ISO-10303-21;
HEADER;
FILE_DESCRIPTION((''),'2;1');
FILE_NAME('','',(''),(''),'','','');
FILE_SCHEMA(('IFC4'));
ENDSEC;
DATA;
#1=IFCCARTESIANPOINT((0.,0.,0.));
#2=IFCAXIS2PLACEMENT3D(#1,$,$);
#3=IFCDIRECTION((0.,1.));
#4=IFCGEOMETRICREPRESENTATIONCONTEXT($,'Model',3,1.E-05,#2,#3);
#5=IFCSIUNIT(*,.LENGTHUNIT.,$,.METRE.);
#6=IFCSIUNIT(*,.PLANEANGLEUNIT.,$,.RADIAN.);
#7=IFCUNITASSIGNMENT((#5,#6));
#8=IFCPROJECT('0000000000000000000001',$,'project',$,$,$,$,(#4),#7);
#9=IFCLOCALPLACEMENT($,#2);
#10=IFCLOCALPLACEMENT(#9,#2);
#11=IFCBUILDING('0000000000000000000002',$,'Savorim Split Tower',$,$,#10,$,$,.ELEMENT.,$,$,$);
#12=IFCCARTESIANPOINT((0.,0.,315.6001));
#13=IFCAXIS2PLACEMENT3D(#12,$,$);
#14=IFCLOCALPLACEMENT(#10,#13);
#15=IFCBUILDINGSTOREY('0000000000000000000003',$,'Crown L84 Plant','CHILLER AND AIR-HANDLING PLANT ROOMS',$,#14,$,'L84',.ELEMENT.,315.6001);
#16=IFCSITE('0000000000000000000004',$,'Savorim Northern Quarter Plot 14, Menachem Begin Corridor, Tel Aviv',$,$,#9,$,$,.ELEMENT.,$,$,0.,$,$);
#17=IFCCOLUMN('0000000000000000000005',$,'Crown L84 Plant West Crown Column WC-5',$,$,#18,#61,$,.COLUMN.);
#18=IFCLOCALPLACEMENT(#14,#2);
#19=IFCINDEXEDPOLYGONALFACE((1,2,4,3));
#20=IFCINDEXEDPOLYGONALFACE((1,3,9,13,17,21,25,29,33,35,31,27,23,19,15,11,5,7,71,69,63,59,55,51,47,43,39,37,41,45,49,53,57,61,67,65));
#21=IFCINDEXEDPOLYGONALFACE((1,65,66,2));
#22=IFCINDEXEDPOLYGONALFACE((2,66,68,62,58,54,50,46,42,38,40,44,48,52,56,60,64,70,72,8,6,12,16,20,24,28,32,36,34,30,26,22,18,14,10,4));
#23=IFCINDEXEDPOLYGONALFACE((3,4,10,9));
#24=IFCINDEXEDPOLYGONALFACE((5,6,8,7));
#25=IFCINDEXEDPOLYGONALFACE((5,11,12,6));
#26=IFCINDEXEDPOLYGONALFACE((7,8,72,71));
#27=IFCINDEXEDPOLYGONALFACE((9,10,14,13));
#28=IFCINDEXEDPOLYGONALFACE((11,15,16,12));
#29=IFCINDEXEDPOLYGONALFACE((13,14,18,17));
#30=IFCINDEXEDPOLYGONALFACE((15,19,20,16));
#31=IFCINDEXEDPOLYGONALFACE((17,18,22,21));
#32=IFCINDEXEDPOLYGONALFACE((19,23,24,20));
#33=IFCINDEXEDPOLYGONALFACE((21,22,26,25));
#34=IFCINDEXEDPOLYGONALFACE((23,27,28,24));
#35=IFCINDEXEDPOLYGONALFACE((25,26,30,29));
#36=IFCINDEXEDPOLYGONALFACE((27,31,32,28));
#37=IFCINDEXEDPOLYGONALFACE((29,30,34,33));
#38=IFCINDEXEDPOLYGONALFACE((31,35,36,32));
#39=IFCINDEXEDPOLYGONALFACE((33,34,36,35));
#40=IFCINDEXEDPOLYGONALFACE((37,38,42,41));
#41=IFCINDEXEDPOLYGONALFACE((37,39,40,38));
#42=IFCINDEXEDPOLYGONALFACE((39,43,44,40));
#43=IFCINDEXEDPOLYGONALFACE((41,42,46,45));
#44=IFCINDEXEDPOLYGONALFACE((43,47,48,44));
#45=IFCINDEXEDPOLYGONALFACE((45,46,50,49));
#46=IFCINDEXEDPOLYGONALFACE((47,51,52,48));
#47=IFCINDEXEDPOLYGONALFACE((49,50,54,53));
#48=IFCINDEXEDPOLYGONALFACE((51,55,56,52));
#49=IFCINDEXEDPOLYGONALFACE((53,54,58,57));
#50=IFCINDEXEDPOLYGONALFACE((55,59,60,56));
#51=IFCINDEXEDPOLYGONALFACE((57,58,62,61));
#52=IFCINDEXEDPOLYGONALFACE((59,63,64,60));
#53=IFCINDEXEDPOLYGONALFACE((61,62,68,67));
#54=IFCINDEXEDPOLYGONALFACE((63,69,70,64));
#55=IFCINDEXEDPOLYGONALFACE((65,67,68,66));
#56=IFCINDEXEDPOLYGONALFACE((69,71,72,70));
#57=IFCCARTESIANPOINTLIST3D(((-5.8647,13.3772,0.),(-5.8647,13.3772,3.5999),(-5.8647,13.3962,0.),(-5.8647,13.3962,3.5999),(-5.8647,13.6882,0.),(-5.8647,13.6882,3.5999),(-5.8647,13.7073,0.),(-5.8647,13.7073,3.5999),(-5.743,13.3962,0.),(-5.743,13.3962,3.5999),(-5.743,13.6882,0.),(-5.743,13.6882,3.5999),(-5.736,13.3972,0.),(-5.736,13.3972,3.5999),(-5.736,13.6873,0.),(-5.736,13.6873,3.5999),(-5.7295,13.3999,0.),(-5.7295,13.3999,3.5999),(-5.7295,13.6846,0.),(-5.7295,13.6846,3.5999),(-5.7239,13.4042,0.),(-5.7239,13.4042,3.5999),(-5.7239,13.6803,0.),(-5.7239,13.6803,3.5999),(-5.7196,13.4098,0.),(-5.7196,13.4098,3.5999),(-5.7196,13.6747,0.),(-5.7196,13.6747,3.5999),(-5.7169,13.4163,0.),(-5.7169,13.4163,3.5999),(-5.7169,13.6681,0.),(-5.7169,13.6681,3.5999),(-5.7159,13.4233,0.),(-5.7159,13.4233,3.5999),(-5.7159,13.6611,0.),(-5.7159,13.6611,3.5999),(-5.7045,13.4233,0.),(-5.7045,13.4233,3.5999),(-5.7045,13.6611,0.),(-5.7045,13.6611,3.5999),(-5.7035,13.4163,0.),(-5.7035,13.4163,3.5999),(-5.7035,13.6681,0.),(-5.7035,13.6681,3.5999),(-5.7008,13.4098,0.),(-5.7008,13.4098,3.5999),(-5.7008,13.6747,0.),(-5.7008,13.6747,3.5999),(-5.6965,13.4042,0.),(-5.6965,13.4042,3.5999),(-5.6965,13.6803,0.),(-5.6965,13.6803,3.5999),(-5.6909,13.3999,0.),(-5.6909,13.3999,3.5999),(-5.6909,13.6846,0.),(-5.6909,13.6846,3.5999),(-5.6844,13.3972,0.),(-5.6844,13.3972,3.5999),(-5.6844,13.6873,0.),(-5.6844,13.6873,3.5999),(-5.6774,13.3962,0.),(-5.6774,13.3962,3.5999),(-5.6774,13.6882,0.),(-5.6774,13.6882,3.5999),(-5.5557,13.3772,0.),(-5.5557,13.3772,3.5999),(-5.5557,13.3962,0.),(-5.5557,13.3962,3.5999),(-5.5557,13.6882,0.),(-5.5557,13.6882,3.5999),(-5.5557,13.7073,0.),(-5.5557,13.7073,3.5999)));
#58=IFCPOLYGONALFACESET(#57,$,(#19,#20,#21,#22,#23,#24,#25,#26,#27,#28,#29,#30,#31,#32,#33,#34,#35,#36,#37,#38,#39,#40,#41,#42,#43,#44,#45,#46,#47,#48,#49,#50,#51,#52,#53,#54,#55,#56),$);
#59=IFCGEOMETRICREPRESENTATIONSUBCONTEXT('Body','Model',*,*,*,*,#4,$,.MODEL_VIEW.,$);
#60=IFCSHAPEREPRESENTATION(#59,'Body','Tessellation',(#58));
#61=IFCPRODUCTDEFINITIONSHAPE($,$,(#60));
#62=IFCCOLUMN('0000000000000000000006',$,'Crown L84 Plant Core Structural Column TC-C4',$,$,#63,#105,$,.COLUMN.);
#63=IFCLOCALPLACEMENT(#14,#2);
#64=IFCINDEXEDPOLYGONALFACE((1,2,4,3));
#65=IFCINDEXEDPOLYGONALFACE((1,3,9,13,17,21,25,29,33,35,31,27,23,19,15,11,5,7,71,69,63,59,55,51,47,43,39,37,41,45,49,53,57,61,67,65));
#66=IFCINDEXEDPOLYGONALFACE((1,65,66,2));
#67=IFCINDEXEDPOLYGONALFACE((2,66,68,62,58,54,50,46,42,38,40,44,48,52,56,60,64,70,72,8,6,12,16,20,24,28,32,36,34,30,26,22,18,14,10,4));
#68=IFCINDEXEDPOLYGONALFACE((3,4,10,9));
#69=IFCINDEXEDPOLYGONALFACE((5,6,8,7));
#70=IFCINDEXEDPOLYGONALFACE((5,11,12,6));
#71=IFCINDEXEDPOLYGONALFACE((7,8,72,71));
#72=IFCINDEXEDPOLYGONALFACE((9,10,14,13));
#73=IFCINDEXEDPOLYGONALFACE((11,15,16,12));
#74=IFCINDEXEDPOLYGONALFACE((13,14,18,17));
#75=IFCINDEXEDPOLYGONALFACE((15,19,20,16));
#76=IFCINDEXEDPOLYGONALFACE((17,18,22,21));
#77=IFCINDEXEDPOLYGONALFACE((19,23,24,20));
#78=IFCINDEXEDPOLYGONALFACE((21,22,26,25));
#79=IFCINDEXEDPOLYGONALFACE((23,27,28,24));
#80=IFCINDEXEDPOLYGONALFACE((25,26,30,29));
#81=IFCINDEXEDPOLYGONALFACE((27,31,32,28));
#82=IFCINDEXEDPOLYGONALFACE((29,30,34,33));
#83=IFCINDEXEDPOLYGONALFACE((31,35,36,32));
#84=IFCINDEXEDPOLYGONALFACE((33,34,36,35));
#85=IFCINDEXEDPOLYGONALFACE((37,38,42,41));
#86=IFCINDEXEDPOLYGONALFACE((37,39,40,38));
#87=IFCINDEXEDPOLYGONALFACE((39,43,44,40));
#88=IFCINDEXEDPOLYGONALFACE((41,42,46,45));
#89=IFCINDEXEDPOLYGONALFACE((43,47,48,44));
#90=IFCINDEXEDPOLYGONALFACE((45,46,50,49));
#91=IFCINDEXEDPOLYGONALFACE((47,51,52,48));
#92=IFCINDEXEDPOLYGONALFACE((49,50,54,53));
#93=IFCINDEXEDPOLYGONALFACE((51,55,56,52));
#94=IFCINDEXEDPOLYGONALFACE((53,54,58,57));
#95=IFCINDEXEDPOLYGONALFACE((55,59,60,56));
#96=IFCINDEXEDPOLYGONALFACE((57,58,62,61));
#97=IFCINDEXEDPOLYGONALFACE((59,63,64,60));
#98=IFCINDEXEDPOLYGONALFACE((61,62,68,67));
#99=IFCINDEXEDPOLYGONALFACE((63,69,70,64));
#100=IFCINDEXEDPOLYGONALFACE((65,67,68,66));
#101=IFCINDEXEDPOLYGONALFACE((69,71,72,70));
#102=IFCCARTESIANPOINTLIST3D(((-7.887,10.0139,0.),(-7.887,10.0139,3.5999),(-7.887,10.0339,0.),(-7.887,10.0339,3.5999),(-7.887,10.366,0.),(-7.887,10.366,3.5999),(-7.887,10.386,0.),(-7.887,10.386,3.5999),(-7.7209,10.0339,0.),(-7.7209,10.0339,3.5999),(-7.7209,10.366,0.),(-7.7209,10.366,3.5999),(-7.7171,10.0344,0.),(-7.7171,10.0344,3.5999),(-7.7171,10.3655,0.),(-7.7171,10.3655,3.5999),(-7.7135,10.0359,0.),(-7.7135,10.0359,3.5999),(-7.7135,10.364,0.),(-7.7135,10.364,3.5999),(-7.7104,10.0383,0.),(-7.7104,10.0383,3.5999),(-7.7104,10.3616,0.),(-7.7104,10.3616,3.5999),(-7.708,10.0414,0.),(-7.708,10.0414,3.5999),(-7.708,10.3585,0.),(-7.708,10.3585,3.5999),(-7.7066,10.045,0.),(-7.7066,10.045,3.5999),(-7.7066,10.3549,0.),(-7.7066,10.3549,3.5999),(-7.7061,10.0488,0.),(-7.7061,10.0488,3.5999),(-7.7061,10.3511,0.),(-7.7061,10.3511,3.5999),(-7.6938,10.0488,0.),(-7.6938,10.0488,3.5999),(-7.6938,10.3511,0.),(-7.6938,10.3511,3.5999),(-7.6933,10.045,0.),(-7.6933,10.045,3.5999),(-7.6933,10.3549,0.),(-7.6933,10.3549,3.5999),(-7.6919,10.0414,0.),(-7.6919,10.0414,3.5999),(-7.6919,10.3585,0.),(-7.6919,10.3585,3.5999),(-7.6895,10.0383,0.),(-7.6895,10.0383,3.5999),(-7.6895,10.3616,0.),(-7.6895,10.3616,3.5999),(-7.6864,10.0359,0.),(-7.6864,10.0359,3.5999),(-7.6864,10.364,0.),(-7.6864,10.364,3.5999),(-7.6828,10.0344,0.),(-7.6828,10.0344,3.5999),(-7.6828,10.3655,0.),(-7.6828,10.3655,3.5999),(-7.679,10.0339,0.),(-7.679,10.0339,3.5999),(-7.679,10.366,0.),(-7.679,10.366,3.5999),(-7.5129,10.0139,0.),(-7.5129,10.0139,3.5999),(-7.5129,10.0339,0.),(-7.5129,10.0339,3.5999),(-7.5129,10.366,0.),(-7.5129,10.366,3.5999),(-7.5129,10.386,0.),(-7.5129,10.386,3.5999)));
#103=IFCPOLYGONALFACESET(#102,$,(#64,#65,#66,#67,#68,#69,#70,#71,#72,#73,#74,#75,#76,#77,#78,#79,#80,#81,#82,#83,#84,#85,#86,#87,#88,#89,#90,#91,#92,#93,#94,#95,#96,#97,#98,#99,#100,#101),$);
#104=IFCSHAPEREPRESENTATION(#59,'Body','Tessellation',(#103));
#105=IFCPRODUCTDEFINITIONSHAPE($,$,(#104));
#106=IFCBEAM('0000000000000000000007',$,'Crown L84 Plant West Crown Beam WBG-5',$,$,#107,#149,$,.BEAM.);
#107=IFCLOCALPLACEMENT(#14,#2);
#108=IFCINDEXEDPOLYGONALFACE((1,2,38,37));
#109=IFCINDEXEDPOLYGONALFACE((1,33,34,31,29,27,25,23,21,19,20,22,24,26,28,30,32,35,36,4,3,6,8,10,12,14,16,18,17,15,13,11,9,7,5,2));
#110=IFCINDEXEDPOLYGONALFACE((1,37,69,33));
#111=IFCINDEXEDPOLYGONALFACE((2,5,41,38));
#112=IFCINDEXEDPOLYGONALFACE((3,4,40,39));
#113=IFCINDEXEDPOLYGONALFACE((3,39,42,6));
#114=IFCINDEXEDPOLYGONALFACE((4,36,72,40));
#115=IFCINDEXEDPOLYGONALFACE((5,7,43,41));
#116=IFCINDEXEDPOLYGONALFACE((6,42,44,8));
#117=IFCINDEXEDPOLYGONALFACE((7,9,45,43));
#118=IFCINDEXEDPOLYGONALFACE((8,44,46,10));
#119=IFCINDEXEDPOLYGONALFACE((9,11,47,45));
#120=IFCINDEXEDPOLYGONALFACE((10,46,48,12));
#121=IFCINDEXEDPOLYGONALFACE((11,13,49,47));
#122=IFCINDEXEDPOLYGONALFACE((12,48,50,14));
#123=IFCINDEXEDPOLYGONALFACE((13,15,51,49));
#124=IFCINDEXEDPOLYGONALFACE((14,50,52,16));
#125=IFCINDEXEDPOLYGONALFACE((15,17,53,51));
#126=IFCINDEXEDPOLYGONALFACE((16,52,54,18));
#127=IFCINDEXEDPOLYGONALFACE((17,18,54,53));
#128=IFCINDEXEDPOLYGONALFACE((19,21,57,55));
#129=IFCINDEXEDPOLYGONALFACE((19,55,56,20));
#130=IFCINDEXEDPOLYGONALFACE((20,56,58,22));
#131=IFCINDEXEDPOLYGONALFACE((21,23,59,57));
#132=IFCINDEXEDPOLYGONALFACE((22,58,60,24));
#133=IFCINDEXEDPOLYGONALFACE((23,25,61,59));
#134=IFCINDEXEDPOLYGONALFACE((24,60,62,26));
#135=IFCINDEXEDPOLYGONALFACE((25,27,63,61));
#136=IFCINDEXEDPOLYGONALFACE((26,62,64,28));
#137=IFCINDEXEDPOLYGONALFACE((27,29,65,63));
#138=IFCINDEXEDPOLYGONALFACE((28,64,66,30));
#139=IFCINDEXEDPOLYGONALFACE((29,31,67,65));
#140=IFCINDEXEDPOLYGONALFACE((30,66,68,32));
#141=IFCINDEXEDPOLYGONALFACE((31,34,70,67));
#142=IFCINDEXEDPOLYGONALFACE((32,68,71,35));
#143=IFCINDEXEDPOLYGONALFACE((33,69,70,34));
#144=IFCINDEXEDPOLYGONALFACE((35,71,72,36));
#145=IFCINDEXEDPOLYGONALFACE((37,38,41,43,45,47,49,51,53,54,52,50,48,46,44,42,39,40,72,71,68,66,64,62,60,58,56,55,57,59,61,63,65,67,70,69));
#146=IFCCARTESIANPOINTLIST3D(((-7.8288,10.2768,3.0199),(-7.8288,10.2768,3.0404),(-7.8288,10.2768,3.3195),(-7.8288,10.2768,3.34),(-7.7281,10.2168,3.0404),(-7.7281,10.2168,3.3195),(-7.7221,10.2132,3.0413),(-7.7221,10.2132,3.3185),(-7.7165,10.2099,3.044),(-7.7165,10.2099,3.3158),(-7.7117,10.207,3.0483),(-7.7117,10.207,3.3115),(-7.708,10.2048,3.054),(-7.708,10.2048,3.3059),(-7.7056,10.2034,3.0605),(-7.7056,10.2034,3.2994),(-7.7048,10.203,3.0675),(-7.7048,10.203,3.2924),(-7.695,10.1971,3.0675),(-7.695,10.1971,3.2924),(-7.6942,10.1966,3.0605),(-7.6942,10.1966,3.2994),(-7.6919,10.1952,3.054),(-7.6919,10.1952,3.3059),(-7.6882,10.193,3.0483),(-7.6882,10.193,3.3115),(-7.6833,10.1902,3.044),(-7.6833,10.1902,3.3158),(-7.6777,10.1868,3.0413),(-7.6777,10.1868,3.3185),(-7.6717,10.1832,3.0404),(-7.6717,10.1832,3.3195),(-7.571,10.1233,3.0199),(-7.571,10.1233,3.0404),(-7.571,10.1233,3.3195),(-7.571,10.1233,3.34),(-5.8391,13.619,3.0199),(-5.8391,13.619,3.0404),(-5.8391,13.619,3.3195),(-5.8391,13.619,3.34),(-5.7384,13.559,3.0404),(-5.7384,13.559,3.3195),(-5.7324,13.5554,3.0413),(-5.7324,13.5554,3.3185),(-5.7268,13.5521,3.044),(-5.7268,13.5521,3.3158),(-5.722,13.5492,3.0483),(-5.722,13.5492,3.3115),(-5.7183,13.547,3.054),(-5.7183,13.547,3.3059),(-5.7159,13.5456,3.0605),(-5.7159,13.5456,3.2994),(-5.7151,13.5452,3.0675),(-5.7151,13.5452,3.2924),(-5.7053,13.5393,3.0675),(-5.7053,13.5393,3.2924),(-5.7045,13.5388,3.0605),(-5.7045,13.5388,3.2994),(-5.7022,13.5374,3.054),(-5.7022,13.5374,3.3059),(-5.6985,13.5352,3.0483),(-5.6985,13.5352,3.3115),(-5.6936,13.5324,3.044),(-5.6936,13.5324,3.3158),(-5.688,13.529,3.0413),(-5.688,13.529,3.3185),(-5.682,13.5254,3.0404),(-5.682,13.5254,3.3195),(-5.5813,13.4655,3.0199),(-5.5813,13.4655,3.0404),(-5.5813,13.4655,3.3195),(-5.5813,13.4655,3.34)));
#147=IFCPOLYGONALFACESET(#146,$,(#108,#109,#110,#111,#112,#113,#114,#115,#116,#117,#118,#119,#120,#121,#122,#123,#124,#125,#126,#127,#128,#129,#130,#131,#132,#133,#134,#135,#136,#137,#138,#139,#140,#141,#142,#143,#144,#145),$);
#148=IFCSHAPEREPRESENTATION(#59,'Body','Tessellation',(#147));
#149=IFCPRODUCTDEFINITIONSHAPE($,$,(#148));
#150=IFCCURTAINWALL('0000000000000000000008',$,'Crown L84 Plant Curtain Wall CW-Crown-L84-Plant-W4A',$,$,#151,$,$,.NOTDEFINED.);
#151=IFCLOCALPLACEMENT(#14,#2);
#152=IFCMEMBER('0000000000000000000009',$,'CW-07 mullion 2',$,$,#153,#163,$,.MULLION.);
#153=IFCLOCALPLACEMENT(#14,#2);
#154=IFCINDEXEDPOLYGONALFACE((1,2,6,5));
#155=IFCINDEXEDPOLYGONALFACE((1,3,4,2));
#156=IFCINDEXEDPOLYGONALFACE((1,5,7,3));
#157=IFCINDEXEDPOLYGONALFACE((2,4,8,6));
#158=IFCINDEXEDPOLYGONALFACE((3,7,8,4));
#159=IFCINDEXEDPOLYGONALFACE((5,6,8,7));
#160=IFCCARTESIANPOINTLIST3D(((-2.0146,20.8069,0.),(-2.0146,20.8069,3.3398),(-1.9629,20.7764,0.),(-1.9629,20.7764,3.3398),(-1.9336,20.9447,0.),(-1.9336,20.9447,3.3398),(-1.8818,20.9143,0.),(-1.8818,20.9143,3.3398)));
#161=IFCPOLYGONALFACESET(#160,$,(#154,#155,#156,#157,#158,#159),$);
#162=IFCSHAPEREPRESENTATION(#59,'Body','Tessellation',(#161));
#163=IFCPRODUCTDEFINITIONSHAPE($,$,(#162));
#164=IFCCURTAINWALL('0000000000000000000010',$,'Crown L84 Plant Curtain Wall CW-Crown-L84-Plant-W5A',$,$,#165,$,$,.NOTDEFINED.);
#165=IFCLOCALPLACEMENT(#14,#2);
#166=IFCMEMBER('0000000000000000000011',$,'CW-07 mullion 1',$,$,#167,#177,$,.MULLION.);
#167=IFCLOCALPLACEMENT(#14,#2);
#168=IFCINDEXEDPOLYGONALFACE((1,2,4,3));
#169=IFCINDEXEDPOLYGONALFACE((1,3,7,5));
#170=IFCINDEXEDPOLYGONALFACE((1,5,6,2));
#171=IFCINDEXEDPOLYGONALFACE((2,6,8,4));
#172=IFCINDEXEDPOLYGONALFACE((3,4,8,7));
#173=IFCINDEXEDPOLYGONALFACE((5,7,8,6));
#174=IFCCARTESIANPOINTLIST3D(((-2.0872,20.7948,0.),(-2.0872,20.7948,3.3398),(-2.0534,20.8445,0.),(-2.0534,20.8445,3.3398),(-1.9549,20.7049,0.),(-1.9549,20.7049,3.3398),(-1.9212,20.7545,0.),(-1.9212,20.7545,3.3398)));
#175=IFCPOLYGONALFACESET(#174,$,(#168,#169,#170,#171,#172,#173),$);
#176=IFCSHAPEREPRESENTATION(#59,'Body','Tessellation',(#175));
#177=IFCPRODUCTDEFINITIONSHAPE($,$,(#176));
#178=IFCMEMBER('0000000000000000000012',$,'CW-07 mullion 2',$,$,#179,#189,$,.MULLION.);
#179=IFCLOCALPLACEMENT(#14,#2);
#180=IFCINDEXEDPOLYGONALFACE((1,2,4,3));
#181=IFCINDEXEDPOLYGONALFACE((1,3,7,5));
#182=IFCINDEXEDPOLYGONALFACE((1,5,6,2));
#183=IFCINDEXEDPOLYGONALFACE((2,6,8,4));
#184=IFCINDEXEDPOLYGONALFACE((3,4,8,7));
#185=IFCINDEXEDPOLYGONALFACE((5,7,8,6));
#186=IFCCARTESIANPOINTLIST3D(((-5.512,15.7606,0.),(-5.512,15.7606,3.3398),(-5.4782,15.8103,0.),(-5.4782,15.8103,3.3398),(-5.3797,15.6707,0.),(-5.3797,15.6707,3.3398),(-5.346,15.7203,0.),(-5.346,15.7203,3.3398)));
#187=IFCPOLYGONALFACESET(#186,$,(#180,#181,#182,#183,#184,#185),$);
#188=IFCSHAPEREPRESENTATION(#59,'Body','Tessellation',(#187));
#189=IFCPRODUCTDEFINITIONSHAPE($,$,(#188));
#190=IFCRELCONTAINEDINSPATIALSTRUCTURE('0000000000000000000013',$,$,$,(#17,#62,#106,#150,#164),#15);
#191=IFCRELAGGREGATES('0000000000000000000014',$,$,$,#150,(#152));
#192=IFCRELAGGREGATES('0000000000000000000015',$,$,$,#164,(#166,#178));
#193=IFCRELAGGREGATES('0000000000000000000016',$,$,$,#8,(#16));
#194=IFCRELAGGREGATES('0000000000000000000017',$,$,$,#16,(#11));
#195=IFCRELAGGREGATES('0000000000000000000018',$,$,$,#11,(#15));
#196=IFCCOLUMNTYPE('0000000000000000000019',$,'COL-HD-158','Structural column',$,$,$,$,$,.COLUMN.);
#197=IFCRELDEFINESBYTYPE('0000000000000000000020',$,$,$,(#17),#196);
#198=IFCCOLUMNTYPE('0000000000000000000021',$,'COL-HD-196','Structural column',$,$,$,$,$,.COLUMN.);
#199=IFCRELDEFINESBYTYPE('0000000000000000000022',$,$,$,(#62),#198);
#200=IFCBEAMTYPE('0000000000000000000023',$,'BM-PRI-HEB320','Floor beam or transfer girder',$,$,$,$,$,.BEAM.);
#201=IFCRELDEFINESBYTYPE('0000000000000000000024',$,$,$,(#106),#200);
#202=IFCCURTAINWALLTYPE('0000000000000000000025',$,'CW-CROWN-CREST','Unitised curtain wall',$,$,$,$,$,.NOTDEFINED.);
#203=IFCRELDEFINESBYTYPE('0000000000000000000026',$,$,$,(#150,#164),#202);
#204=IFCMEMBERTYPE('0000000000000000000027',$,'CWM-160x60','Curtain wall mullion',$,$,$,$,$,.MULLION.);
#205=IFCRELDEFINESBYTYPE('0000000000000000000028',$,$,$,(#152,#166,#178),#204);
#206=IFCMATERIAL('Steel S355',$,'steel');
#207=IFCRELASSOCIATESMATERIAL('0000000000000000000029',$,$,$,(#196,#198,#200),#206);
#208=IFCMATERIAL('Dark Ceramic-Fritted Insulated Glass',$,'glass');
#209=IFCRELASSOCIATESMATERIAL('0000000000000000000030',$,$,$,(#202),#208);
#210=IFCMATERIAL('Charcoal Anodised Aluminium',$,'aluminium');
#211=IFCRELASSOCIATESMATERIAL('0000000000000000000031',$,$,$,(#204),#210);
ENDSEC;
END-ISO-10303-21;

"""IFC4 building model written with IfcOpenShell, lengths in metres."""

from ifc_helpers import new_model, si_unit, direction, frame, origin, origin_2d, place, context, subcontext, project, spatial, rectangle, i_section, extrude, material, material_profile, profile_set, type_object, element, aggregate, save


model = new_model("IFC4")

# Units and contexts
model_context = context("Model", 3, precision=1e-05, world=origin(), true_north=direction((0.0, 1.0)))
body_context = subcontext(model_context, "Body", "Model", "MODEL_VIEW")
ifc_project = project(units=[si_unit("LENGTHUNIT", "METRE"), si_unit("PLANEANGLEUNIT", "RADIAN")], contexts=[model_context])

# Site, building, storey
site_placement = place(None, origin())
site = spatial("IfcSite", under=ifc_project, at=site_placement, Name="Savorim Northern Quarter Plot 14, Menachem Begin Corridor, Tel Aviv", CompositionType="ELEMENT", RefElevation=0.0)
building_placement = place(site_placement, origin())
building = spatial("IfcBuilding", under=site, at=building_placement, Name="Savorim Split Tower", CompositionType="ELEMENT")
storey_placement = place(building_placement, frame((0.0, 0.0, 315.6001)))
storey = spatial("IfcBuildingStorey", under=building, at=storey_placement, Name="Crown L84 Plant", Description="CHILLER AND AIR-HANDLING PLANT ROOMS", LongName="L84", CompositionType="ELEMENT", Elevation=315.6001)

# Columns
ifc_material_1 = material(Name="Steel S355", Category="steel")
ifc_material_profile_1 = material_profile(ifc_material_1, i_section(OverallWidth=0.3091, OverallDepth=0.3301, WebThickness=0.0115, FlangeThickness=0.019, FilletRadius=0.0271, at=origin_2d()), Name="HD 320x158")
ifc_profile_set_1 = profile_set([ifc_material_profile_1], Name="Steel S355")
column_type_1 = type_object("IfcColumnType", Name="COL-HD-158", Description="Structural column", PredefinedType="COLUMN", material=ifc_profile_set_1)
column_1_placement = place(storey_placement, frame((-5.7102, 13.5422, 0.0), z_axis=(0.0, 0.0, 1.0), x_axis=(1.0, 0.0, 0.0)))
element("IfcColumn", 1, at=column_1_placement, inside=storey, type_object=column_type_1, Name="Crown L84 Plant West Crown Column WC-5", PredefinedType="COLUMN", context=body_context, shape_type="SweptSolid", body=[
    extrude(i_section(OverallWidth=0.3091, OverallDepth=0.3301, WebThickness=0.0115, FlangeThickness=0.019, FilletRadius=0.0271, at=origin_2d()), origin(), (0.0, 0.0, 1.0), 3.5999),
])
ifc_material_profile_2 = material_profile(ifc_material_1, i_section(OverallWidth=0.374, OverallDepth=0.3721, WebThickness=0.0122, FlangeThickness=0.02, FilletRadius=0.0149, at=origin_2d()), Name="HD 360x196")
ifc_profile_set_2 = profile_set([ifc_material_profile_2], Name="Steel S355")
column_type_2 = type_object("IfcColumnType", Name="COL-HD-196", Description="Structural column", PredefinedType="COLUMN", material=ifc_profile_set_2)
column_2_placement = place(storey_placement, frame((-7.7, 10.2, 0.0), z_axis=(0.0, 0.0, 1.0), x_axis=(1.0, 0.0, 0.0)))
element("IfcColumn", 2, at=column_2_placement, inside=storey, type_object=column_type_2, Name="Crown L84 Plant Core Structural Column TC-C4", PredefinedType="COLUMN", context=body_context, shape_type="SweptSolid", body=[
    extrude(i_section(OverallWidth=0.374, OverallDepth=0.3721, WebThickness=0.0122, FlangeThickness=0.02, FilletRadius=0.0149, at=origin_2d()), origin(), (0.0, 0.0, 1.0), 3.5999),
])

# Beam
ifc_material_profile_3 = material_profile(ifc_material_1, i_section(OverallWidth=0.3, OverallDepth=0.3201, WebThickness=0.0115, FlangeThickness=0.0205, FilletRadius=0.0271, at=origin_2d()), Name="HEB 320")
ifc_profile_set_3 = profile_set([ifc_material_profile_3], Name="Steel S355")
beam_type = type_object("IfcBeamType", Name="BM-PRI-HEB320", Description="Floor beam or transfer girder", PredefinedType="BEAM", material=ifc_profile_set_3)
beam_placement = place(storey_placement, frame((-5.7102, 13.5422, 3.1799), z_axis=(-0.511539, -0.85926, 0.0), x_axis=(0.85926, -0.511539, 0.0)))
element("IfcBeam", 3, at=beam_placement, inside=storey, type_object=beam_type, Name="Crown L84 Plant West Crown Beam WBG-5", PredefinedType="BEAM", context=body_context, shape_type="SweptSolid", body=[
    extrude(i_section(OverallWidth=0.3, OverallDepth=0.3201, WebThickness=0.0115, FlangeThickness=0.0205, FilletRadius=0.0271, at=origin_2d()), origin(), (0.0, 0.0, 1.0), 3.8896),
])

# Curtain wall, member
ifc_material_2 = material(Name="Dark Ceramic-Fritted Insulated Glass", Category="glass")
curtain_wall_type = type_object("IfcCurtainWallType", Name="CW-CROWN-CREST", Description="Unitised curtain wall", PredefinedType="NOTDEFINED", material=ifc_material_2)
curtain_wall_1_placement = place(storey_placement, origin())
curtain_wall_1 = element("IfcCurtainWall", 4, at=curtain_wall_1_placement, inside=storey, type_object=curtain_wall_type, Name="Crown L84 Plant Curtain Wall CW-Crown-L84-Plant-W4A", PredefinedType="NOTDEFINED")
ifc_material_3 = material(Name="Charcoal Anodised Aluminium", Category="aluminium")
ifc_material_profile_4 = material_profile(ifc_material_3, rectangle(XDim=0.1599, YDim=0.0601, at=origin_2d()), Name="ALU-M 160x60")
ifc_profile_set_4 = profile_set([ifc_material_profile_4], Name="Charcoal Anodised Aluminium")
member_type_1 = type_object("IfcMemberType", Name="CWM-160x60", Description="Curtain wall mullion", PredefinedType="MULLION", material=ifc_profile_set_4)
member_1_placement = place(storey_placement, frame((-1.9482, 20.8606, 0.0), z_axis=(0.0, 0.0, 1.0), x_axis=(-0.506704, -0.86212, 0.0)))
member_1 = element("IfcMember", 5, at=member_1_placement, type_object=member_type_1, Name="CW-07 mullion 2", PredefinedType="MULLION", context=body_context, shape_type="SweptSolid", body=[
    extrude(rectangle(XDim=0.1599, YDim=0.0601, at=origin_2d()), origin(), (0.0, 0.0, 1.0), 3.3398),
])

# Curtain wall, members
curtain_wall_2_placement = place(storey_placement, origin())
curtain_wall_2 = element("IfcCurtainWall", 6, at=curtain_wall_2_placement, inside=storey, type_object=curtain_wall_type, Name="Crown L84 Plant Curtain Wall CW-Crown-L84-Plant-W5A", PredefinedType="NOTDEFINED")
member_2_placement = place(storey_placement, frame((-2.0042, 20.7747, 0.0), z_axis=(0.0, 0.0, 1.0), x_axis=(0.82682, -0.562467, 0.0)))
member_2 = element("IfcMember", 7, at=member_2_placement, type_object=member_type_1, Name="CW-07 mullion 1", PredefinedType="MULLION", context=body_context, shape_type="SweptSolid", body=[
    extrude(rectangle(XDim=0.1599, YDim=0.0601, at=origin_2d()), origin(), (0.0, 0.0, 1.0), 3.3398),
])
member_3_placement = place(storey_placement, frame((-5.429, 15.7405, 0.0), z_axis=(0.0, 0.0, 1.0), x_axis=(0.82682, -0.562467, 0.0)))
member_3 = element("IfcMember", 8, at=member_3_placement, type_object=member_type_1, Name="CW-07 mullion 2", PredefinedType="MULLION", context=body_context, shape_type="SweptSolid", body=[
    extrude(rectangle(XDim=0.1599, YDim=0.0601, at=origin_2d()), origin(), (0.0, 0.0, 1.0), 3.3398),
])

aggregate(curtain_wall_1, [member_1])
aggregate(curtain_wall_2, [member_2, member_3])

save(model, "model.ifc")
